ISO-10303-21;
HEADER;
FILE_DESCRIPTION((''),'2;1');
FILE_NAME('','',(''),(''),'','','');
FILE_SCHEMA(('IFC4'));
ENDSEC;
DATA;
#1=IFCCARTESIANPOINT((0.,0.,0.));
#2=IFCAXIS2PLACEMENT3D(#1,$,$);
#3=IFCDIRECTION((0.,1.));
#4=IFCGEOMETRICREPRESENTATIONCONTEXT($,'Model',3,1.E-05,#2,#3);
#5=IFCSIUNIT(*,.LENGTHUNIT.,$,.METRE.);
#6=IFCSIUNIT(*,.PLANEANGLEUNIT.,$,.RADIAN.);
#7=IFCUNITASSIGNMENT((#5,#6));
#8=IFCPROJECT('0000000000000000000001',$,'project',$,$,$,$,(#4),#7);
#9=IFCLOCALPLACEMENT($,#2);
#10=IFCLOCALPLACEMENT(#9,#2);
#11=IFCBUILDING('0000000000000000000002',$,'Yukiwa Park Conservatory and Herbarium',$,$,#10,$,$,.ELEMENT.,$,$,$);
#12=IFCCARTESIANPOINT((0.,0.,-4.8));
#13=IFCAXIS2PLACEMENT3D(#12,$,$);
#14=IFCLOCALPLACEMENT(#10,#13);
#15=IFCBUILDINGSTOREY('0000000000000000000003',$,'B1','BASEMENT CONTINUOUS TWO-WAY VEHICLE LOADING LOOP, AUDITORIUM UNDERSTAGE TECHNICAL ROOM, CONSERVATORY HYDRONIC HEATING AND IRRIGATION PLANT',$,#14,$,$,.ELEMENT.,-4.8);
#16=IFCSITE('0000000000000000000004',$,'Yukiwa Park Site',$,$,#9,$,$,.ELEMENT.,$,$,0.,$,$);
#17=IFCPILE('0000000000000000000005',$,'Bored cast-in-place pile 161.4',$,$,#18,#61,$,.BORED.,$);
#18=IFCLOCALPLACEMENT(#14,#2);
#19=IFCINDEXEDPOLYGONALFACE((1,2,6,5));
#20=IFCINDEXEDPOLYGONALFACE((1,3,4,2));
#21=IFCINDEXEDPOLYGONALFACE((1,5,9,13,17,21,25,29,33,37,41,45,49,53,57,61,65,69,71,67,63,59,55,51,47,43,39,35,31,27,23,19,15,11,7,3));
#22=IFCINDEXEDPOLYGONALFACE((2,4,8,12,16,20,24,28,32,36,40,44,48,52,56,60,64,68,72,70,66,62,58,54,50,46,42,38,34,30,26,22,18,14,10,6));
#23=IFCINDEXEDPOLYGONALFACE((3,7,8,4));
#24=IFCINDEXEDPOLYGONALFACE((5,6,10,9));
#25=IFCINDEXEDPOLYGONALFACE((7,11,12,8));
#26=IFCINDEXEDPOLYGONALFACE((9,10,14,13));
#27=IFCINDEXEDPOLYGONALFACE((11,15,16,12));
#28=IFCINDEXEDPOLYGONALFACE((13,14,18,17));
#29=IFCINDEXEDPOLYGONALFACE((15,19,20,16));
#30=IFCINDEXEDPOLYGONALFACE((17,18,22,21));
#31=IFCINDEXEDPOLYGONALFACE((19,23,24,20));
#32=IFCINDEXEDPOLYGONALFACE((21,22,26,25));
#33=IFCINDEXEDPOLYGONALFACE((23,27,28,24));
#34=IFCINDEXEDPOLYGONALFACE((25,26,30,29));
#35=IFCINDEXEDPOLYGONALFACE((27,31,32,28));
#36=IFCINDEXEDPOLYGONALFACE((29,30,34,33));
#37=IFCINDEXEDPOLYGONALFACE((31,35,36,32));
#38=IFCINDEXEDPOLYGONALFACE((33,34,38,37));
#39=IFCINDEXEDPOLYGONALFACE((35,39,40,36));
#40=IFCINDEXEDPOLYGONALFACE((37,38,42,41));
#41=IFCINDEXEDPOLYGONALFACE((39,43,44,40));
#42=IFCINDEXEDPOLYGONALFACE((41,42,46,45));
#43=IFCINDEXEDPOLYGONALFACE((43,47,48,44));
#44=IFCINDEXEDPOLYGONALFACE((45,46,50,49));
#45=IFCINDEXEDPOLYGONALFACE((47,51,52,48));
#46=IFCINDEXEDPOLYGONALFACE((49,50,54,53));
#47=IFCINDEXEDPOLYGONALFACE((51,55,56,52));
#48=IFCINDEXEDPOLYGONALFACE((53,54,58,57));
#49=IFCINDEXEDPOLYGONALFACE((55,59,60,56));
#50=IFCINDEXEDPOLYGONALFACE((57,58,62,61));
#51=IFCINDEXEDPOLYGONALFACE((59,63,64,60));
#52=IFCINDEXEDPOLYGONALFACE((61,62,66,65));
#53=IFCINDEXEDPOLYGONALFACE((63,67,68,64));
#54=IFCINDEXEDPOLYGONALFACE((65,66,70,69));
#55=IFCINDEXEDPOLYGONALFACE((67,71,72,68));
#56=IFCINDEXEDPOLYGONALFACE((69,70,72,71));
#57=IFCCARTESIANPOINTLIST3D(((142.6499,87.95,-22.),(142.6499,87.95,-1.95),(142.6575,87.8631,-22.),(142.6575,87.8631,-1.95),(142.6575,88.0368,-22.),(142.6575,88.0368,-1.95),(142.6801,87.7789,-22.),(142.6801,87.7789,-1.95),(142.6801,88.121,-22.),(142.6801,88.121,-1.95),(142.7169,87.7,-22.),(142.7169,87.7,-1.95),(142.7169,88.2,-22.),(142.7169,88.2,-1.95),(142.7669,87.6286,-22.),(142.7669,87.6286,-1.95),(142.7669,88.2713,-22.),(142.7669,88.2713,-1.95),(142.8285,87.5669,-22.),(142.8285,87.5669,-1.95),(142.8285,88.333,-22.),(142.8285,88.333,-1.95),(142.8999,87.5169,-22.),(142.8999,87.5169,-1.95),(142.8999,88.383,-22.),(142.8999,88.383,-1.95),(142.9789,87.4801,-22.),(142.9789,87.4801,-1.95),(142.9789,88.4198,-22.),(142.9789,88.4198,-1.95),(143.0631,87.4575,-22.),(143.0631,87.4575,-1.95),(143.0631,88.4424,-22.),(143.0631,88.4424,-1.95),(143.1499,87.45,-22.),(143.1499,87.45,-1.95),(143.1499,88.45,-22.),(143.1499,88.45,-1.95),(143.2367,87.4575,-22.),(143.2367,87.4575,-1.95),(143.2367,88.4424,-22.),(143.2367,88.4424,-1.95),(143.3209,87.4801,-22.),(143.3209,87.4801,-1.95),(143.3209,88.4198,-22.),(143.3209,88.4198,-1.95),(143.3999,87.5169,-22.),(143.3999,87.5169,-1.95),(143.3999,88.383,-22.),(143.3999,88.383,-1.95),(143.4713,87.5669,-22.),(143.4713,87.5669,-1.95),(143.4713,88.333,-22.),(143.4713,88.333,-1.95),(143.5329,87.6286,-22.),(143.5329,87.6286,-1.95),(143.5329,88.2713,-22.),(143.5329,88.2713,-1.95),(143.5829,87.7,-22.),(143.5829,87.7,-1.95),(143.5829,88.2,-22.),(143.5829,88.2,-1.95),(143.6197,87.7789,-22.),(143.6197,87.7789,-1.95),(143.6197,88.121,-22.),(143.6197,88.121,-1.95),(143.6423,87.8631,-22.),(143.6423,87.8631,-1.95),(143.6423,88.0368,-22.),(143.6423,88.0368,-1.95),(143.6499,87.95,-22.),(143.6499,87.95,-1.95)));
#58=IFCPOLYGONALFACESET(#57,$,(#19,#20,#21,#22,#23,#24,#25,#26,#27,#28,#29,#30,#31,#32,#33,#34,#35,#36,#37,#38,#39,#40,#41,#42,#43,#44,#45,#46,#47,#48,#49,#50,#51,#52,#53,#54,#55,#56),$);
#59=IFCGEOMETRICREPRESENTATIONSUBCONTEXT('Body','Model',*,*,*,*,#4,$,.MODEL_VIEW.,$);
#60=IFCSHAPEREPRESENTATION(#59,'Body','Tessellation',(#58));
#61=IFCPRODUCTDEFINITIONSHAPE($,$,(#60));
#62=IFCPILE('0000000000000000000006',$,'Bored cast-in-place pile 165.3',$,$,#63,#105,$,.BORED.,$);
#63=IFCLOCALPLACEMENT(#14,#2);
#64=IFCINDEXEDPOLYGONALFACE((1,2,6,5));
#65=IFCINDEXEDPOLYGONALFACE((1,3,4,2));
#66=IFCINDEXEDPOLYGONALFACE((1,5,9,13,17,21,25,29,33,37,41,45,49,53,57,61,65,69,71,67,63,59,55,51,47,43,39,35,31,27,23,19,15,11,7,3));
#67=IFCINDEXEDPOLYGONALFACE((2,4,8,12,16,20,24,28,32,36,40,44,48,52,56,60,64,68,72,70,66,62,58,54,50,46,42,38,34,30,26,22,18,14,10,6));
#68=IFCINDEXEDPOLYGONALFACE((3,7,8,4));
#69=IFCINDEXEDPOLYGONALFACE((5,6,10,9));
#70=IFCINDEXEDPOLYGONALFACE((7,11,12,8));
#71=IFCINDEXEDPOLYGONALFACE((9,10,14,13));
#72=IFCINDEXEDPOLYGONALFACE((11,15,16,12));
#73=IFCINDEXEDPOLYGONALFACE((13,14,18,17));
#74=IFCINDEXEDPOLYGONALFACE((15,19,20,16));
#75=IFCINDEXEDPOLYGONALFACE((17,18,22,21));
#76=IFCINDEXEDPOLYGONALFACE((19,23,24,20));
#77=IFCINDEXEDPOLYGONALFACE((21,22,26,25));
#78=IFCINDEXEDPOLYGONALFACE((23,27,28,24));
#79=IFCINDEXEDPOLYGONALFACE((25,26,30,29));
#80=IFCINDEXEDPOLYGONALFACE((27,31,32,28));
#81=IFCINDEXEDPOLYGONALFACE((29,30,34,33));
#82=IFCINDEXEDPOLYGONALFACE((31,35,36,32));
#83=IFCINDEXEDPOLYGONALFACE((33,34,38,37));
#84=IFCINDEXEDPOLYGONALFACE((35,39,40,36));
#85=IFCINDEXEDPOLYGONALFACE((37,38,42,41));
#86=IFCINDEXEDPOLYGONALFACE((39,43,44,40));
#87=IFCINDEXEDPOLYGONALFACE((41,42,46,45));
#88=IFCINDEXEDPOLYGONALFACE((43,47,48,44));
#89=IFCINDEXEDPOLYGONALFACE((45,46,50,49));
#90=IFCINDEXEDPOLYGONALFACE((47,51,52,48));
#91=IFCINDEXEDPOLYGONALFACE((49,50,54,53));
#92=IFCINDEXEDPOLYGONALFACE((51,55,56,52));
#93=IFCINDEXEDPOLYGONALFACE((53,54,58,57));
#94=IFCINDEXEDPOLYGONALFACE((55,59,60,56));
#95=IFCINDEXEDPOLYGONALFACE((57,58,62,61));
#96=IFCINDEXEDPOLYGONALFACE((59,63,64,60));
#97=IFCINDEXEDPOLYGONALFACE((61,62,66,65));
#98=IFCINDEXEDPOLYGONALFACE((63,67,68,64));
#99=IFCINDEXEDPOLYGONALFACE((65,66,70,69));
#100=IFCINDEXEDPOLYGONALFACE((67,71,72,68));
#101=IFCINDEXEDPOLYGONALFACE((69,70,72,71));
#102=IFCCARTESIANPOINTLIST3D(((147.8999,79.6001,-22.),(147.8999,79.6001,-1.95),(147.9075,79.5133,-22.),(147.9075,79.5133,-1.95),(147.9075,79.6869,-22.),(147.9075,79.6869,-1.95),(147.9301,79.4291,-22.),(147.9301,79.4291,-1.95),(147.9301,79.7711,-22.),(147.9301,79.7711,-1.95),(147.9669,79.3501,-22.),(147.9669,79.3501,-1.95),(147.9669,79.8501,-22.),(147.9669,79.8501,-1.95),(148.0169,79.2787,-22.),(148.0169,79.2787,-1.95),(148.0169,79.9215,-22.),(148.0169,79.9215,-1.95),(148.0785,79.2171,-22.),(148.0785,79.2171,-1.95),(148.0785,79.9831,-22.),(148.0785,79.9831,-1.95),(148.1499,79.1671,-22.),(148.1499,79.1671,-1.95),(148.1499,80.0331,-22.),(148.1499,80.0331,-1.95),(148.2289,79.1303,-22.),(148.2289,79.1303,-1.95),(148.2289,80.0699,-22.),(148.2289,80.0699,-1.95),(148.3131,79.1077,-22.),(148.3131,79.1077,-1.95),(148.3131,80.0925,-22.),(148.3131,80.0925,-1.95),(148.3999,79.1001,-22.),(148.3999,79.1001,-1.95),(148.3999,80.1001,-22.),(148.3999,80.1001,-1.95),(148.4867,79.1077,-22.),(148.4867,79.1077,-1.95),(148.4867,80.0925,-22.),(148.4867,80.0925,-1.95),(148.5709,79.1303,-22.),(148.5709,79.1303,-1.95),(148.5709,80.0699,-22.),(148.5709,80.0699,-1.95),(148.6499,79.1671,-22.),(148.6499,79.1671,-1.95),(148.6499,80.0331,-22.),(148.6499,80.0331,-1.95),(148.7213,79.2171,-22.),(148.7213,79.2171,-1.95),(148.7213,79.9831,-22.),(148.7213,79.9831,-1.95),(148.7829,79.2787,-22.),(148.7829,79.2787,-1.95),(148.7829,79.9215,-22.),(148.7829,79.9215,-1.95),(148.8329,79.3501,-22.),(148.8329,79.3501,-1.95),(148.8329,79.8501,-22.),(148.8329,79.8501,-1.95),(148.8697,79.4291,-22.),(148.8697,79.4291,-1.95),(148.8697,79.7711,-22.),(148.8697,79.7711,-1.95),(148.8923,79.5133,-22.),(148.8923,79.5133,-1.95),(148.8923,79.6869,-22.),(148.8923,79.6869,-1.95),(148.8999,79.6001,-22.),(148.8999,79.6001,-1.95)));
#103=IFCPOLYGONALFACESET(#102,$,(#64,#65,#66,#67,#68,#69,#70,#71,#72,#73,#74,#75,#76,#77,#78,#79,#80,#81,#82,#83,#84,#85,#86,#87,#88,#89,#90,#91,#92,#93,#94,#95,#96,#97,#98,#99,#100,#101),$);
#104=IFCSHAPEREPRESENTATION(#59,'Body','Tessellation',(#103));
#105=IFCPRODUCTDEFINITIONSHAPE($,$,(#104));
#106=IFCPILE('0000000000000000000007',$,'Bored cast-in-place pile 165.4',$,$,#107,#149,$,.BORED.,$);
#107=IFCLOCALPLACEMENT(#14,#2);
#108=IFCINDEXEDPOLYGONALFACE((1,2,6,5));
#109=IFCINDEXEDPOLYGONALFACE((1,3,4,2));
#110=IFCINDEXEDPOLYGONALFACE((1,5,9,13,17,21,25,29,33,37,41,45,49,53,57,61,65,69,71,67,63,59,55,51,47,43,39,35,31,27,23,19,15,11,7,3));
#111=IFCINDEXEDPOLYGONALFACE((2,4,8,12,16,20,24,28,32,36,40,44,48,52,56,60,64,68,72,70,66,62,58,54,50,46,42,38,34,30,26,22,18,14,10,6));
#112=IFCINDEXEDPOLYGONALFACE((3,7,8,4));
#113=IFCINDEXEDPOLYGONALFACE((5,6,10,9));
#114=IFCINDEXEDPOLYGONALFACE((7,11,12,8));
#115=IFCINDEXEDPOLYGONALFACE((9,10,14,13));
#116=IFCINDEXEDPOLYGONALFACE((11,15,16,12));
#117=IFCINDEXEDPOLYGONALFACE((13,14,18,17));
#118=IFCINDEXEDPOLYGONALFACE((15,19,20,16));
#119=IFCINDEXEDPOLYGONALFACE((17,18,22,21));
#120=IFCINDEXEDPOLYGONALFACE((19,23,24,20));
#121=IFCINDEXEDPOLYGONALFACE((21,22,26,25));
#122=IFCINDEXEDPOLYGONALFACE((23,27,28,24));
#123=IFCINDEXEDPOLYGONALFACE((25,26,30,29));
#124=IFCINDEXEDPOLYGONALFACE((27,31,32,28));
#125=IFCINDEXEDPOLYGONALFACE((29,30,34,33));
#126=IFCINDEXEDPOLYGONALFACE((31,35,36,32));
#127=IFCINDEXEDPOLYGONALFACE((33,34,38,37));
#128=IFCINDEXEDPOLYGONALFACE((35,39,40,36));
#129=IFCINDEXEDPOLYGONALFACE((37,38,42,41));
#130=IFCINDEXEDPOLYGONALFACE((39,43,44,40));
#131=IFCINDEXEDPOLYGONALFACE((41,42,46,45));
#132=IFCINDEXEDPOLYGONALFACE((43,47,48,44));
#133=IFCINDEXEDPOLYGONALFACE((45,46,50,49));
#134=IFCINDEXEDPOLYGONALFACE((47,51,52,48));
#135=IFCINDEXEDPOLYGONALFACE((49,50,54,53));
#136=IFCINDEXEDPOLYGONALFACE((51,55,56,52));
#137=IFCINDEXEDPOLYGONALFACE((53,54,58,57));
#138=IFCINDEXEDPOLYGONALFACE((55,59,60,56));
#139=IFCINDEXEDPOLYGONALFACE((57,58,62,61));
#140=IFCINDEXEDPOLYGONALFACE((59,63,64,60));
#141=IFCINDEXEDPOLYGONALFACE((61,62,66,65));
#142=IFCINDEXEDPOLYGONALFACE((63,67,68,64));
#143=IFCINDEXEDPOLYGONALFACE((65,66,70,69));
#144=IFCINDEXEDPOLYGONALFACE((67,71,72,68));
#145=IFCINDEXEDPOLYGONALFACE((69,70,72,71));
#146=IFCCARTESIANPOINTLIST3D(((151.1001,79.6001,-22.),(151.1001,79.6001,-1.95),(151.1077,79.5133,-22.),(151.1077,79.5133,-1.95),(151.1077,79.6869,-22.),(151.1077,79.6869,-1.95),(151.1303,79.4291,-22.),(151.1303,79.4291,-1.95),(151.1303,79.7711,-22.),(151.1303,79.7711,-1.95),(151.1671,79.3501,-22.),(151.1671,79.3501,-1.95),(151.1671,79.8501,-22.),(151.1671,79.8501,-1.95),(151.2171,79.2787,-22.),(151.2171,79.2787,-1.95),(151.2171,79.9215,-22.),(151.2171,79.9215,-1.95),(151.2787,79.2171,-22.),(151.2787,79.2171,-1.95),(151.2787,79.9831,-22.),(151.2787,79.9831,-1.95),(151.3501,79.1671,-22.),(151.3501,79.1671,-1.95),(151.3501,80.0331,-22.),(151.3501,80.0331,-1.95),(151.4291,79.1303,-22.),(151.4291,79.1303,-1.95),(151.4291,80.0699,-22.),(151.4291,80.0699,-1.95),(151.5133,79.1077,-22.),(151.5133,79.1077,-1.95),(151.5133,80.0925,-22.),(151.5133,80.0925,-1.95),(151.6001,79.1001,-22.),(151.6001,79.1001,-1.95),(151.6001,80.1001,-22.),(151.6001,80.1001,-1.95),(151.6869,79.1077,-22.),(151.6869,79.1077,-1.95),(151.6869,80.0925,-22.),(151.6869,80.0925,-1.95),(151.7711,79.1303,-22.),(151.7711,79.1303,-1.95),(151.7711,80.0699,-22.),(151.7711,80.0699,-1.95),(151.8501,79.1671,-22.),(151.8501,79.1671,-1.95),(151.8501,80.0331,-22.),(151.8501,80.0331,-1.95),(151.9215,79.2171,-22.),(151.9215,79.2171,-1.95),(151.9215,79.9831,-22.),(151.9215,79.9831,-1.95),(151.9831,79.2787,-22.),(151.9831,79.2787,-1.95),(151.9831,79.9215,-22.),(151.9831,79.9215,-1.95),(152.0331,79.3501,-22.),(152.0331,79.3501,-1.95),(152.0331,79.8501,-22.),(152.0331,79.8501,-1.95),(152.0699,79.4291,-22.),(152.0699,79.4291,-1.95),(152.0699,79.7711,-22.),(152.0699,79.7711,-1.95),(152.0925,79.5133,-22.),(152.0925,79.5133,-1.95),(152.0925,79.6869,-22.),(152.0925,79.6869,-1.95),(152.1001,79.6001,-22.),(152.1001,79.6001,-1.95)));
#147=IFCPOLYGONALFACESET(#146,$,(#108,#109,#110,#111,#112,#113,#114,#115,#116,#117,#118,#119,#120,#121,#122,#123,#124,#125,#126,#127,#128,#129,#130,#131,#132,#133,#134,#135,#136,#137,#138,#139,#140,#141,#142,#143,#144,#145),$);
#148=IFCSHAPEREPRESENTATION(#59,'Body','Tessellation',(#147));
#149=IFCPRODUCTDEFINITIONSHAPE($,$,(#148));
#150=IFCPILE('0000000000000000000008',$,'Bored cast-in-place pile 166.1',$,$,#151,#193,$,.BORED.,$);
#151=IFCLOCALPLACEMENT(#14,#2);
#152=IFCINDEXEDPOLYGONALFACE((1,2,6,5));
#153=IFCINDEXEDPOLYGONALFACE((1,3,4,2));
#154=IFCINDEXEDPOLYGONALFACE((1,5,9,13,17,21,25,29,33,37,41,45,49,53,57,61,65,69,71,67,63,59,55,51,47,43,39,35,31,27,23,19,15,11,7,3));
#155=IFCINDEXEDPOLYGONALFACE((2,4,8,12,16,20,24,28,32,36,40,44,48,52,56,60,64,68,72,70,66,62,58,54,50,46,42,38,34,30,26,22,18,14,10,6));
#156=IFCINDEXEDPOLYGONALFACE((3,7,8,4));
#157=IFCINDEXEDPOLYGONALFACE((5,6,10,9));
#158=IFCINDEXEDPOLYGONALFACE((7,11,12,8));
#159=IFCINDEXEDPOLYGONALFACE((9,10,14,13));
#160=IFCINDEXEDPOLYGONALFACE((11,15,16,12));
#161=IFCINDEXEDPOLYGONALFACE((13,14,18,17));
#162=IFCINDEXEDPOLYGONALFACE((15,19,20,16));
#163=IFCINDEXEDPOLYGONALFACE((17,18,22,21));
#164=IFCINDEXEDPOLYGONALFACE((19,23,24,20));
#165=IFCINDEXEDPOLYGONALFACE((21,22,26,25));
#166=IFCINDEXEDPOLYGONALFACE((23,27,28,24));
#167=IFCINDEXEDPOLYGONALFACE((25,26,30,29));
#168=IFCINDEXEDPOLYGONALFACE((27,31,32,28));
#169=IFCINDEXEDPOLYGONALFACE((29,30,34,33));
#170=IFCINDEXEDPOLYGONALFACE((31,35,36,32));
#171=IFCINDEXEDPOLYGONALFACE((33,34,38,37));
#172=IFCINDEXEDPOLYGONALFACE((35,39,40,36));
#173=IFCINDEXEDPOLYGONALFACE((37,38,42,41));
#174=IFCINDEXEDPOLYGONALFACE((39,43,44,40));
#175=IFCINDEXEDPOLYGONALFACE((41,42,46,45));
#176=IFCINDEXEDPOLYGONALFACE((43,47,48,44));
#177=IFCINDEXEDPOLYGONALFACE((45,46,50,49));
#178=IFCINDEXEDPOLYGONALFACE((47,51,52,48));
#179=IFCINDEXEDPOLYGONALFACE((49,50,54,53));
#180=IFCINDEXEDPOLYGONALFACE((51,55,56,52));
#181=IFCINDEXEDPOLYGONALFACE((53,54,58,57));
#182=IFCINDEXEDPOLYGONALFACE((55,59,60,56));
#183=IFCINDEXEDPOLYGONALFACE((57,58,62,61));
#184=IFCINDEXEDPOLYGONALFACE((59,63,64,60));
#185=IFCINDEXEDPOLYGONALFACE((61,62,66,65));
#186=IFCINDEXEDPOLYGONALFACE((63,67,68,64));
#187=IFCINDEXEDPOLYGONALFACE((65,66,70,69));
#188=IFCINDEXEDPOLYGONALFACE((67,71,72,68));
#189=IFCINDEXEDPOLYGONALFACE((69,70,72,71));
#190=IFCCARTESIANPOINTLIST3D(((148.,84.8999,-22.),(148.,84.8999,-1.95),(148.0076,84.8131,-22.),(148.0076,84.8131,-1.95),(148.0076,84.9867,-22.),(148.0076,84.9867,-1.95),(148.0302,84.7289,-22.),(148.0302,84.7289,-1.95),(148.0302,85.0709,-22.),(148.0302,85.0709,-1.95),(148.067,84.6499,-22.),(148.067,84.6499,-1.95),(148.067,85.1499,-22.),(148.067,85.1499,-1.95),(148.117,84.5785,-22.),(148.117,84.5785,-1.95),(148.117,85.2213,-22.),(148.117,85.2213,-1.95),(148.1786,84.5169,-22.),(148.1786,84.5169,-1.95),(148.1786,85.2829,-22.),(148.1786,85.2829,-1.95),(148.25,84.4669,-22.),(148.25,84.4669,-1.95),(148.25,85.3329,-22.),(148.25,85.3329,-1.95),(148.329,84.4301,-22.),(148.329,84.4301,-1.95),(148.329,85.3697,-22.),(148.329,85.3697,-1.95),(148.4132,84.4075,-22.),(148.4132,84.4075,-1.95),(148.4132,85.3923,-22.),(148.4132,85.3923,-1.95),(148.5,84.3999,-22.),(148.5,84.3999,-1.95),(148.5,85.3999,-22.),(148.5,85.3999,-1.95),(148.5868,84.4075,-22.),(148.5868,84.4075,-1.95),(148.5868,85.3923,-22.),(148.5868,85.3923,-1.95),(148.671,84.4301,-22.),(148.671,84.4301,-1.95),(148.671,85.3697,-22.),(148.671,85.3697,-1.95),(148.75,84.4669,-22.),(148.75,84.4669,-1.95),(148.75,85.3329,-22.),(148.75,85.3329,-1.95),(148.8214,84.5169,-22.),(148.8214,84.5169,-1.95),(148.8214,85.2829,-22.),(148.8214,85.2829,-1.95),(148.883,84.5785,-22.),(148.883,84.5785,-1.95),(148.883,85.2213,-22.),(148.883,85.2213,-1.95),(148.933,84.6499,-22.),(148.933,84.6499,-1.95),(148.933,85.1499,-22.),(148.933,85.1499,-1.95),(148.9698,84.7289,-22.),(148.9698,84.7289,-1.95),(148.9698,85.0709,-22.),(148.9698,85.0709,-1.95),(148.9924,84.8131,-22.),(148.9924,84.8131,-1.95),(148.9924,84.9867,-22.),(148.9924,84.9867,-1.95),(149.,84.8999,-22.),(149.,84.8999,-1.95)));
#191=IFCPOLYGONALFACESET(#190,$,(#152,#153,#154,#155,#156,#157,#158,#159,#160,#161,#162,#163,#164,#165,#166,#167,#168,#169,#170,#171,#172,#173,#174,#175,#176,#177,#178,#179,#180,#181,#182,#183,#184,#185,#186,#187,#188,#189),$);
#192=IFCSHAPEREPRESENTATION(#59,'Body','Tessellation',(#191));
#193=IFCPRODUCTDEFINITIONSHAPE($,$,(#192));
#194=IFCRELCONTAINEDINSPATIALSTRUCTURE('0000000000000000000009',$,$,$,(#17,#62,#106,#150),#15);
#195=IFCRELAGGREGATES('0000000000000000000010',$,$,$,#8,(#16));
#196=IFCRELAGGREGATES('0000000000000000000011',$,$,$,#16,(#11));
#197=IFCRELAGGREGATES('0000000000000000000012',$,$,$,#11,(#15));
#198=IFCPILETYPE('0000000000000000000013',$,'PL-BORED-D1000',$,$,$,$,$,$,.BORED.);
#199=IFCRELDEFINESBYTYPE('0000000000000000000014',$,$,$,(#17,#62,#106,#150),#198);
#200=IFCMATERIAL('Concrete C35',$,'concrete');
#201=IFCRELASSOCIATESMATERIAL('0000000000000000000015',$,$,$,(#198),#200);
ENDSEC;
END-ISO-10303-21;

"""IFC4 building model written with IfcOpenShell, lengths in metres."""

from ifc_helpers import new_model, si_unit, direction, frame, origin, origin_2d, place, context, subcontext, project, spatial, circle, extrude, material, material_profile, profile_set, type_object, element, save


model = new_model("IFC4")

# Units and contexts
model_context = context("Model", 3, precision=1e-05, world=origin(), true_north=direction((0.0, 1.0)))
body_context = subcontext(model_context, "Body", "Model", "MODEL_VIEW")
ifc_project = project(units=[si_unit("LENGTHUNIT", "METRE"), si_unit("PLANEANGLEUNIT", "RADIAN")], contexts=[model_context])

# Site, building, storey
site_placement = place(None, origin())
site = spatial("IfcSite", under=ifc_project, at=site_placement, Name="Yukiwa Park Site", CompositionType="ELEMENT", RefElevation=0.0)
building_placement = place(site_placement, origin())
building = spatial("IfcBuilding", under=site, at=building_placement, Name="Yukiwa Park Conservatory and Herbarium", CompositionType="ELEMENT")
storey_placement = place(building_placement, frame((0.0, 0.0, -4.8)))
storey = spatial("IfcBuildingStorey", under=building, at=storey_placement, Name="B1", Description="BASEMENT CONTINUOUS TWO-WAY VEHICLE LOADING LOOP, AUDITORIUM UNDERSTAGE TECHNICAL ROOM, CONSERVATORY HYDRONIC HEATING AND IRRIGATION PLANT", CompositionType="ELEMENT", Elevation=-4.8)

# Piles
ifc_material_1 = material(Name="Concrete C35", Category="concrete")
ifc_material_profile_1 = material_profile(ifc_material_1, circle(Radius=0.5, at=origin_2d()), Name="PILE D1000")
ifc_profile_set_1 = profile_set([ifc_material_profile_1], Name="Concrete C35")
pile_type = type_object("IfcPileType", Name="PL-BORED-D1000", PredefinedType="BORED", material=ifc_profile_set_1)
for number, where, z_axis, x_axis, name in (
    (1, (143.1499, 87.95, -1.95), (0.0, 0.0, -1.0), (1.0, 0.0, 0.0), "Bored cast-in-place pile 161.4"),
    (2, (148.3999, 79.6001, -1.95), (0.0, 0.0, -1.0), (1.0, 0.0, 0.0), "Bored cast-in-place pile 165.3"),
    (3, (151.6001, 79.6001, -1.95), (0.0, 0.0, -1.0), (1.0, 0.0, 0.0), "Bored cast-in-place pile 165.4"),
    (4, (148.5, 84.8999, -1.95), (0.0, 0.0, -1.0), (1.0, 0.0, 0.0), "Bored cast-in-place pile 166.1"),
):
    element("IfcPile", number, at=place(storey_placement, frame(where, z_axis=z_axis, x_axis=x_axis)), inside=storey, type_object=pile_type, Name=name, PredefinedType="BORED", context=body_context, shape_type="SweptSolid", body=[
        extrude(circle(Radius=0.5, at=origin_2d()), origin(), (0.0, 0.0, 1.0), 20.05),
    ])

save(model, "model.ifc")
